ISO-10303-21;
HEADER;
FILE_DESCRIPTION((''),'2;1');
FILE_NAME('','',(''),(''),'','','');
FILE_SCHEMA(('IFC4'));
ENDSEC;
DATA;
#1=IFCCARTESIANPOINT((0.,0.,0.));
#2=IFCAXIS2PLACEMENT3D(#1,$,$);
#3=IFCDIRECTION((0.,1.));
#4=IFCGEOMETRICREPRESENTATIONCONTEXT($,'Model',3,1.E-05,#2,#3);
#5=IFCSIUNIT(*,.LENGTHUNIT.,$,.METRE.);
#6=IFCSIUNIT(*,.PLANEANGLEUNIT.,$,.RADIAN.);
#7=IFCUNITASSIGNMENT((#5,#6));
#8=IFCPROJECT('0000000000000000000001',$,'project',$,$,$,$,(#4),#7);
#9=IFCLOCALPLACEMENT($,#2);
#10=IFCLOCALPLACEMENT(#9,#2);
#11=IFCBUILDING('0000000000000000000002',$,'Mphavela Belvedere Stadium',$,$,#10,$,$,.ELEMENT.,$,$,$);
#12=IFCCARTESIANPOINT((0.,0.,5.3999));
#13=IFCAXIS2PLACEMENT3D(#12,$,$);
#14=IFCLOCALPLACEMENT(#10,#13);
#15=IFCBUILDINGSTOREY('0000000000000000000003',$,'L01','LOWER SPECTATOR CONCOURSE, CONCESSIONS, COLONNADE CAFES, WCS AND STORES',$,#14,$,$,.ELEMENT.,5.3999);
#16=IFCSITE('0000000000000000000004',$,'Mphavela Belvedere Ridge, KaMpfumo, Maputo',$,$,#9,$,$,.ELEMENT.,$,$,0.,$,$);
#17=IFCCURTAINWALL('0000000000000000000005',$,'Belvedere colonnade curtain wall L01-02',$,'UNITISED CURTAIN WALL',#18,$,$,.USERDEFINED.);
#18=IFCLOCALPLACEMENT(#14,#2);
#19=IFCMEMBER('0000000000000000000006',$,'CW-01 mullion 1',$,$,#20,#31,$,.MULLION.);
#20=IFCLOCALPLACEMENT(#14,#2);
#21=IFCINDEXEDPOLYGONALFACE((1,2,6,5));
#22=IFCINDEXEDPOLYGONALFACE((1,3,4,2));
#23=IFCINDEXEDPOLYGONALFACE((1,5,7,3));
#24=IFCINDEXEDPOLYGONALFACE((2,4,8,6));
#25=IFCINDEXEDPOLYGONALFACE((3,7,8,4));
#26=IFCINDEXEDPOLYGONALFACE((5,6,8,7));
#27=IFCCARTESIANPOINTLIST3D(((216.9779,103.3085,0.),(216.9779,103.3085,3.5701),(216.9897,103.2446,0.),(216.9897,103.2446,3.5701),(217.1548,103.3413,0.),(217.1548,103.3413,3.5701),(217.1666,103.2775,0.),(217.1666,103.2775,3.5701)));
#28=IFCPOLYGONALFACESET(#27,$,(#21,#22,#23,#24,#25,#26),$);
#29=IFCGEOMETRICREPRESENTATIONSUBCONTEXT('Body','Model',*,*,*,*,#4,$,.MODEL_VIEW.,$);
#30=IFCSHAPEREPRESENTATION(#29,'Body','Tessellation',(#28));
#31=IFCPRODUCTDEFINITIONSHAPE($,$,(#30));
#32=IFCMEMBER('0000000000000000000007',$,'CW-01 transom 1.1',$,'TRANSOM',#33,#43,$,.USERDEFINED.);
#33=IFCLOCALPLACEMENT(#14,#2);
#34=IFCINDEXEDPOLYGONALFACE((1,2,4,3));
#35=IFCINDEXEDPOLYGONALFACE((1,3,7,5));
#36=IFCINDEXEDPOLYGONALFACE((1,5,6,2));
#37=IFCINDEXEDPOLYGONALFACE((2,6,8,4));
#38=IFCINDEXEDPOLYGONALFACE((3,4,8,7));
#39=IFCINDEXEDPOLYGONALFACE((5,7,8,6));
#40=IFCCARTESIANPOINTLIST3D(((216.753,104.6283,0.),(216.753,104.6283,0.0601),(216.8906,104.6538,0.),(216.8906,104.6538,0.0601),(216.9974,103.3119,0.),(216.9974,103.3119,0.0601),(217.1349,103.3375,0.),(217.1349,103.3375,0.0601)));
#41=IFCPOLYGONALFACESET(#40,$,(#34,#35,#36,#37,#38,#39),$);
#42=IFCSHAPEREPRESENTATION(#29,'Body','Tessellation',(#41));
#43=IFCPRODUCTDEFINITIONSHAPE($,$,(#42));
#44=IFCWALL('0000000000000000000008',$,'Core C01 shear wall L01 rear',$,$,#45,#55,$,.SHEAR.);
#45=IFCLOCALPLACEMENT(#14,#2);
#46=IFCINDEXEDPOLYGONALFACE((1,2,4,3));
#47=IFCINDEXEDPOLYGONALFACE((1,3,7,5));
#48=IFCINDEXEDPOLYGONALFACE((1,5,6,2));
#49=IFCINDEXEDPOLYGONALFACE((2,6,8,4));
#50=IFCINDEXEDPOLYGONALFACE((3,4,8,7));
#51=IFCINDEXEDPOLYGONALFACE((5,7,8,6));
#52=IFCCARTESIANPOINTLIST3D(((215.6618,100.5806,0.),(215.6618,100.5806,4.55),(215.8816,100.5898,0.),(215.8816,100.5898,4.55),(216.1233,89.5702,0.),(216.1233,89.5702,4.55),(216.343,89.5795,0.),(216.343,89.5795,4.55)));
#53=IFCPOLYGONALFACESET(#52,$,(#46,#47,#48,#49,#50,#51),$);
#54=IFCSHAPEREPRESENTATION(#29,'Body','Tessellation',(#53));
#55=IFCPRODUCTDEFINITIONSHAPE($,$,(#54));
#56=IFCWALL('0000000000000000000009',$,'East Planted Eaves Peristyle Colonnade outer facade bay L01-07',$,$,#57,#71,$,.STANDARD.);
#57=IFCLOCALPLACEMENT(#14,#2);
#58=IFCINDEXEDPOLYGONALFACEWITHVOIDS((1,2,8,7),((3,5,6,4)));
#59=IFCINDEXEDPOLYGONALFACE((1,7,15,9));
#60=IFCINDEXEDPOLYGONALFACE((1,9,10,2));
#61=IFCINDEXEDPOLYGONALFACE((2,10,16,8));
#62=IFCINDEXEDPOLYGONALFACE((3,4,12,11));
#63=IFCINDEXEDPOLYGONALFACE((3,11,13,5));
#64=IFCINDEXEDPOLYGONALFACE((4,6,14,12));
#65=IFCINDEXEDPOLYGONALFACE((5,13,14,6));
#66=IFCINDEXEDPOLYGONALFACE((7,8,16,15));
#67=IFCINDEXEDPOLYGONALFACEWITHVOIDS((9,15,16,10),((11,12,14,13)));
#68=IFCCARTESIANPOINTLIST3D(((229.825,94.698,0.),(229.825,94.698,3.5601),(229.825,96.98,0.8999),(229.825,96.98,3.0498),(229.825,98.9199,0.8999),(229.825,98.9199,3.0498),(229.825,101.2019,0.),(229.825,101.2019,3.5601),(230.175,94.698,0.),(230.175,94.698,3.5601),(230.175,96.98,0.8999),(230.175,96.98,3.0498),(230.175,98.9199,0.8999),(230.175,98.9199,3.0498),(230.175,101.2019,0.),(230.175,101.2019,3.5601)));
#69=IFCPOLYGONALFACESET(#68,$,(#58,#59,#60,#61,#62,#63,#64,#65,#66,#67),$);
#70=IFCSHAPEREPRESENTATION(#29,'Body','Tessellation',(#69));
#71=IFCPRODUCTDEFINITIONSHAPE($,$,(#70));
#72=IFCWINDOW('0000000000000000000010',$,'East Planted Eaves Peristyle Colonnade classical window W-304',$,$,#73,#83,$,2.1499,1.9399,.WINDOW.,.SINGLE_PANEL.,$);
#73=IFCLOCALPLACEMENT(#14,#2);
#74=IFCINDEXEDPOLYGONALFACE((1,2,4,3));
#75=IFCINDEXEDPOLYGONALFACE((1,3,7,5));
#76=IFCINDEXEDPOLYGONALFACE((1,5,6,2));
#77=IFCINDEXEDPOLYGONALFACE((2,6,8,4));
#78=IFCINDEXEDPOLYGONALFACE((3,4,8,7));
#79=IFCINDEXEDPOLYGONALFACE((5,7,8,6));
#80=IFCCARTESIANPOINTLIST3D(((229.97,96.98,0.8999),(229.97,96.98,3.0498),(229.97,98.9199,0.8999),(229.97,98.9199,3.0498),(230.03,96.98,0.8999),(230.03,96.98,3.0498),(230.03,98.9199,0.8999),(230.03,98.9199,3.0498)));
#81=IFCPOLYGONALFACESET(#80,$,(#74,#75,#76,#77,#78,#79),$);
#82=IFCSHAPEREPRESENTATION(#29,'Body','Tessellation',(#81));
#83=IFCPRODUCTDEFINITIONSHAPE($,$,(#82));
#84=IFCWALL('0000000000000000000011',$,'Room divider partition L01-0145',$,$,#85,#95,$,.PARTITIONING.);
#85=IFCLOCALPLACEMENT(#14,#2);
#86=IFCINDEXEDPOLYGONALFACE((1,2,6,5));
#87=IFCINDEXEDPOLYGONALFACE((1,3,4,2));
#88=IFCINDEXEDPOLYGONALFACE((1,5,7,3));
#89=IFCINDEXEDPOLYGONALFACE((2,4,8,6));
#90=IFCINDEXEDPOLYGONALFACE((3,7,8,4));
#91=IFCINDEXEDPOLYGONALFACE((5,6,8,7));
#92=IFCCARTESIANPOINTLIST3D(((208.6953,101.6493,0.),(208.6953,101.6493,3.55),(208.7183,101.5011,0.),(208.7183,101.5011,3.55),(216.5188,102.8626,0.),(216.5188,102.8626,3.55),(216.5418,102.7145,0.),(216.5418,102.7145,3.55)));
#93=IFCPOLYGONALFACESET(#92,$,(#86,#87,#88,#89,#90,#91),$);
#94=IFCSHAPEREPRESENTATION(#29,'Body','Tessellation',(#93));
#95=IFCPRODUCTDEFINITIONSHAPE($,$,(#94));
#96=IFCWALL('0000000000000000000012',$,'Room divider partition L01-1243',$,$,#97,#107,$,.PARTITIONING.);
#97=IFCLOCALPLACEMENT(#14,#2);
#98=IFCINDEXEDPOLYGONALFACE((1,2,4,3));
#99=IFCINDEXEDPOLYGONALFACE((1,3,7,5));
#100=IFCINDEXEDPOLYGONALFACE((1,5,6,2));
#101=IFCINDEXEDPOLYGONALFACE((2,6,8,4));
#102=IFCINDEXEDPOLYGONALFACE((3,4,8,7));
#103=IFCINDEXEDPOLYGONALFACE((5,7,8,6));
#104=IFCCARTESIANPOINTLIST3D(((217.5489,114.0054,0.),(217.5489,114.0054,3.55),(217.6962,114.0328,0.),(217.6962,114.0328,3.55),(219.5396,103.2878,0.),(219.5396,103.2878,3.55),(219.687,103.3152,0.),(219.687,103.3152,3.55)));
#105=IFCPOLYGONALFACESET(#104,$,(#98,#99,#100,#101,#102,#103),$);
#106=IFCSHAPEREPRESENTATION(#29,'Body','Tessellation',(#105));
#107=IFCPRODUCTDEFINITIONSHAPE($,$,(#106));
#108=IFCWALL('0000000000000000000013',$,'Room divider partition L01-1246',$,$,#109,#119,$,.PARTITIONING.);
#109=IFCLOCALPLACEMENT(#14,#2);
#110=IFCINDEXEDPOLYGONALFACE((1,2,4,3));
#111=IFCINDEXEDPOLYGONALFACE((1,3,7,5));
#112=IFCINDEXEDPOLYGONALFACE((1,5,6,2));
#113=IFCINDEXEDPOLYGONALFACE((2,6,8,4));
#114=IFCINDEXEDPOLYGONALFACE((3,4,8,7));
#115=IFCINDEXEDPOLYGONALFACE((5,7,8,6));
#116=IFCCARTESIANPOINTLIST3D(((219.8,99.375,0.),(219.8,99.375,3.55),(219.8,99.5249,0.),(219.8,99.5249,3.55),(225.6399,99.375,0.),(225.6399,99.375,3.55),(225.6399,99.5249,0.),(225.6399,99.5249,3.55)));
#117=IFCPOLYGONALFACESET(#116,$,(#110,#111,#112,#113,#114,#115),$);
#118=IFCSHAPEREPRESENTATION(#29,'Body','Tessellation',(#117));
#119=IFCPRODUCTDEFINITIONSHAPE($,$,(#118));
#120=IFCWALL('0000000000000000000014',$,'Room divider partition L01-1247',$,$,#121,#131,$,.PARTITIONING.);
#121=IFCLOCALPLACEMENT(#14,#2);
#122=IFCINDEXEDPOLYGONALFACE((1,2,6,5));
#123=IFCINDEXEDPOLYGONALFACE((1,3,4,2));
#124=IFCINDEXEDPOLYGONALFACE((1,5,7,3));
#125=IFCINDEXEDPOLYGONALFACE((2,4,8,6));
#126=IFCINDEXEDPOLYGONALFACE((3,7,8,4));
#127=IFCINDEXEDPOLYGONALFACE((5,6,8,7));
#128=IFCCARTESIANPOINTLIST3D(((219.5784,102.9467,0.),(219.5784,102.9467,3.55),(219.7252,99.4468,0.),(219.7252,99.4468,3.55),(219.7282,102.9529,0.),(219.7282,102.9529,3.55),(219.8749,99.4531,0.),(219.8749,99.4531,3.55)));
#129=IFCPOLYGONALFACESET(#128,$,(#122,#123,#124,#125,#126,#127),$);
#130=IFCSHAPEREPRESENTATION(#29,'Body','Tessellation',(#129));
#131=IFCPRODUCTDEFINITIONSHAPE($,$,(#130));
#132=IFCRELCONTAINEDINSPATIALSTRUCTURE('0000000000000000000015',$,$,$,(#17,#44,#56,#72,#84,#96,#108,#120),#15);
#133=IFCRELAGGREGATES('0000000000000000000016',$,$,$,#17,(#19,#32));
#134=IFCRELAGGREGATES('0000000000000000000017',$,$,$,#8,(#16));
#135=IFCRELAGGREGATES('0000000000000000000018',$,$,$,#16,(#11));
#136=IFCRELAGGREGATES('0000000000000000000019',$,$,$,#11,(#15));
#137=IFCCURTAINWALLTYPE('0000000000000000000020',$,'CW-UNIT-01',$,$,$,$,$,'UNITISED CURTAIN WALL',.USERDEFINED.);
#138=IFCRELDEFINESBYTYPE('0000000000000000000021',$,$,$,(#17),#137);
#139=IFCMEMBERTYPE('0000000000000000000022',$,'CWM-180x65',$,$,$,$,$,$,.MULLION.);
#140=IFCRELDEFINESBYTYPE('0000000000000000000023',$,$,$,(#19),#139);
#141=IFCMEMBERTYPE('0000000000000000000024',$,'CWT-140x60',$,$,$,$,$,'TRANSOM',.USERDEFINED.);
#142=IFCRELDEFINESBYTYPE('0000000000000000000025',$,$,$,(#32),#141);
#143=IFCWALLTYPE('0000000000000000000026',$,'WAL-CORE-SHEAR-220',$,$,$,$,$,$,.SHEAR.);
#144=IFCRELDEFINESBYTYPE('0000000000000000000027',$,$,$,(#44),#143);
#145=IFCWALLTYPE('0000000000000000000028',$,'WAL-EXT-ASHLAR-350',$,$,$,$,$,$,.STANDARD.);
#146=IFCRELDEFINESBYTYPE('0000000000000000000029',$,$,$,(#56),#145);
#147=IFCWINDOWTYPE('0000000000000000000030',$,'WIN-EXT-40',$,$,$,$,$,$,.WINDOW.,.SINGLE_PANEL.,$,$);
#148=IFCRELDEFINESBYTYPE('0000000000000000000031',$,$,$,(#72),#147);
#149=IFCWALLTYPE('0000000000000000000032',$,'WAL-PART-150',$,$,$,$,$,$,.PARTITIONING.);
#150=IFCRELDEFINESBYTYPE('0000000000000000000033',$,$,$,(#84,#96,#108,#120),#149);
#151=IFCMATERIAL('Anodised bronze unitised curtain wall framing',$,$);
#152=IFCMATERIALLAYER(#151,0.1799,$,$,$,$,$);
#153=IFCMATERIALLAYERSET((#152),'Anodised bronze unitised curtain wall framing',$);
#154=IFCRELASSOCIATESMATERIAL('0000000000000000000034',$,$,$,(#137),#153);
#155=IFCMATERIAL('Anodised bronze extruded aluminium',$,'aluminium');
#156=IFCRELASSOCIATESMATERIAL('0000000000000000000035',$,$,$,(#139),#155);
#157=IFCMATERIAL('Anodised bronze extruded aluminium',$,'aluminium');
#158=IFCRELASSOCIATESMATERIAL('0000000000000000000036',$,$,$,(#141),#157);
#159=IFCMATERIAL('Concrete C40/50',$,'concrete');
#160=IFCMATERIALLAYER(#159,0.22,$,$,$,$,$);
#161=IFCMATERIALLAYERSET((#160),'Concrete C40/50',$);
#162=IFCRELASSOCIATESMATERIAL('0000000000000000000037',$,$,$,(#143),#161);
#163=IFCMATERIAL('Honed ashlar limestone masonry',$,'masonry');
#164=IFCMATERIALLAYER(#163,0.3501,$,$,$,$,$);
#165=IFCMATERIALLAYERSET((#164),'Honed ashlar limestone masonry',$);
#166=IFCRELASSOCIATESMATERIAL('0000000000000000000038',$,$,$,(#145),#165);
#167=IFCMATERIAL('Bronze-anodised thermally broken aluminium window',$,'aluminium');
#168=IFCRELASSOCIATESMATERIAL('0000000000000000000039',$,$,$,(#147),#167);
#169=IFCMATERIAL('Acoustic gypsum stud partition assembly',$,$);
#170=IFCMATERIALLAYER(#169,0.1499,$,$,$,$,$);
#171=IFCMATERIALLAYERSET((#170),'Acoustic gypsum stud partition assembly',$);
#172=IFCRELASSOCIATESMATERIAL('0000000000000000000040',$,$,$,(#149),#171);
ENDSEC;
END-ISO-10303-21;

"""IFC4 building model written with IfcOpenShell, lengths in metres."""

from ifc_helpers import new_model, si_unit, direction, frame, frame_2d, origin, origin_2d, place, context, subcontext, project, spatial, rectangle, extrude, material, layer, layer_set, material_profile, profile_set, type_object, element, fill, aggregate, save


model = new_model("IFC4")

# Units and contexts
model_context = context("Model", 3, precision=1e-05, world=origin(), true_north=direction((0.0, 1.0)))
body_context = subcontext(model_context, "Body", "Model", "MODEL_VIEW")
ifc_project = project(units=[si_unit("LENGTHUNIT", "METRE"), si_unit("PLANEANGLEUNIT", "RADIAN")], contexts=[model_context])

# Site, building, storey
site_placement = place(None, origin())
site = spatial("IfcSite", under=ifc_project, at=site_placement, Name="Mphavela Belvedere Ridge, KaMpfumo, Maputo", CompositionType="ELEMENT", RefElevation=0.0)
building_placement = place(site_placement, origin())
building = spatial("IfcBuilding", under=site, at=building_placement, Name="Mphavela Belvedere Stadium", CompositionType="ELEMENT")
storey_placement = place(building_placement, frame((0.0, 0.0, 5.3999)))
storey = spatial("IfcBuildingStorey", under=building, at=storey_placement, Name="L01", Description="LOWER SPECTATOR CONCOURSE, CONCESSIONS, COLONNADE CAFES, WCS AND STORES", CompositionType="ELEMENT", Elevation=5.3999)

# Curtain wall, members
ifc_material_1 = material(Name="Anodised bronze unitised curtain wall framing")
ifc_layer_1 = layer(ifc_material_1, 0.1799)
ifc_layer_set_1 = layer_set([ifc_layer_1], Name="Anodised bronze unitised curtain wall framing")
curtain_wall_type = type_object("IfcCurtainWallType", Name="CW-UNIT-01", ElementType="UNITISED CURTAIN WALL", PredefinedType="USERDEFINED", material=ifc_layer_set_1)
curtain_wall_placement = place(storey_placement, origin())
curtain_wall = element("IfcCurtainWall", 1, at=curtain_wall_placement, inside=storey, type_object=curtain_wall_type, Name="Belvedere colonnade curtain wall L01-02", ObjectType="UNITISED CURTAIN WALL", PredefinedType="USERDEFINED")
ifc_material_2 = material(Name="Anodised bronze extruded aluminium", Category="aluminium")
ifc_material_profile_1 = material_profile(ifc_material_2, rectangle(XDim=0.1799, YDim=0.0649, at=origin_2d()), Name="CW-MUL 180x65")
ifc_profile_set_1 = profile_set([ifc_material_profile_1], Name="Anodised bronze extruded aluminium")
member_type_1 = type_object("IfcMemberType", Name="CWM-180x65", PredefinedType="MULLION", material=ifc_profile_set_1)
member_1_placement = place(storey_placement, frame((217.0723, 103.293, 0.0), z_axis=(0.0, 0.0, 1.0), x_axis=(-0.983184, -0.18262, 0.0)))
member_1 = element("IfcMember", 2, at=member_1_placement, type_object=member_type_1, Name="CW-01 mullion 1", PredefinedType="MULLION", context=body_context, shape_type="SweptSolid", body=[
    extrude(rectangle(XDim=0.1799, YDim=0.0649, at=origin_2d()), origin(), (0.0, 0.0, 1.0), 3.5701),
])
ifc_material_3 = material(Name="Anodised bronze extruded aluminium", Category="aluminium")
ifc_material_profile_2 = material_profile(ifc_material_3, rectangle(XDim=0.1399, YDim=0.0601, at=origin_2d()), Name="CW-TRN 140x60")
ifc_profile_set_2 = profile_set([ifc_material_profile_2], Name="Anodised bronze extruded aluminium")
member_type_2 = type_object("IfcMemberType", Name="CWT-140x60", ElementType="TRANSOM", PredefinedType="USERDEFINED", material=ifc_profile_set_2)
member_2_placement = place(storey_placement, frame((217.0662, 103.3247, 0.03), z_axis=(-0.182527, 0.983201, 0.0), x_axis=(-0.983201, -0.182527, 0.0)))
member_2 = element("IfcMember", 3, at=member_2_placement, type_object=member_type_2, Name="CW-01 transom 1.1", ObjectType="TRANSOM", PredefinedType="USERDEFINED", context=body_context, shape_type="SweptSolid", body=[
    extrude(rectangle(XDim=0.1399, YDim=0.0601, at=origin_2d()), origin(), (0.0, 0.0, 1.0), 1.3389),
])
aggregate(curtain_wall, [member_1, member_2])

# Wall
ifc_material_4 = material(Name="Concrete C40/50", Category="concrete")
ifc_layer_2 = layer(ifc_material_4, 0.22)
ifc_layer_set_2 = layer_set([ifc_layer_2], Name="Concrete C40/50")
wall_type_1 = type_object("IfcWallType", Name="WAL-CORE-SHEAR-220", PredefinedType="SHEAR", material=ifc_layer_set_2)
wall_1_placement = place(storey_placement, frame((215.7717, 100.5852, 0.0), z_axis=(0.0, 0.0, 1.0), x_axis=(0.041872, -0.999123, 0.0)))
element("IfcWall", 4, at=wall_1_placement, inside=storey, type_object=wall_type_1, Name="Core C01 shear wall L01 rear", PredefinedType="SHEAR", context=body_context, shape_type="SweptSolid", body=[
    extrude(rectangle(XDim=11.02, YDim=0.22, at=frame_2d((5.51, 0.0))), origin(), (0.0, 0.0, 1.0), 4.55),
])

# Wall, opening, window
ifc_material_5 = material(Name="Honed ashlar limestone masonry", Category="masonry")
ifc_layer_3 = layer(ifc_material_5, 0.3501)
ifc_layer_set_3 = layer_set([ifc_layer_3], Name="Honed ashlar limestone masonry")
wall_type_2 = type_object("IfcWallType", Name="WAL-EXT-ASHLAR-350", PredefinedType="STANDARD", material=ifc_layer_set_3)
wall_2_placement = place(storey_placement, frame((230.0, 101.2019, 0.0), z_axis=(0.0, 0.0, 1.0), x_axis=(0.0, -1.0, 0.0)))
wall_2 = element("IfcWall", 5, at=wall_2_placement, inside=storey, type_object=wall_type_2, Name="East Planted Eaves Peristyle Colonnade outer facade bay L01-07", PredefinedType="STANDARD", context=body_context, shape_type="SweptSolid", body=[
    extrude(rectangle(XDim=6.5039, YDim=0.3501, at=frame_2d((3.252, 0.0))), origin(), (0.0, 0.0, 1.0), 3.5601),
])
opening_placement = place(wall_2_placement, frame((2.282, 0.0, 0.8999)))
opening = element("IfcOpeningElement", 6, at=opening_placement, cuts=wall_2, PredefinedType="OPENING", context=body_context, shape_type="SweptSolid", body=[
    extrude(rectangle(XDim=1.9399, YDim=2.1499, at=frame_2d((0.97, 1.075))), frame((0.0, 0.1851, 0.0), z_axis=(0.0, -1.0, 0.0), x_axis=(1.0, 0.0, 0.0)), (0.0, 0.0, 1.0), 0.3701),
])
ifc_material_6 = material(Name="Bronze-anodised thermally broken aluminium window", Category="aluminium")
window_type = type_object("IfcWindowType", Name="WIN-EXT-40", PartitioningType="SINGLE_PANEL", PredefinedType="WINDOW", material=ifc_material_6)
window_placement = place(opening_placement, origin())
window = element("IfcWindow", 7, at=window_placement, inside=storey, type_object=window_type, Name="East Planted Eaves Peristyle Colonnade classical window W-304", OverallHeight=2.1499, OverallWidth=1.9399, PartitioningType="SINGLE_PANEL", PredefinedType="WINDOW", context=body_context, shape_type="SweptSolid", body=[
    extrude(rectangle(XDim=1.9399, YDim=2.1499, at=frame_2d((0.97, 1.075))), frame((0.0, 0.03, 0.0), z_axis=(0.0, -1.0, 0.0), x_axis=(1.0, 0.0, 0.0)), (0.0, 0.0, 1.0), 0.0601),
])
fill(opening, window)

# Walls
ifc_material_7 = material(Name="Acoustic gypsum stud partition assembly")
ifc_layer_4 = layer(ifc_material_7, 0.1499)
ifc_layer_set_4 = layer_set([ifc_layer_4], Name="Acoustic gypsum stud partition assembly")
wall_type_3 = type_object("IfcWallType", Name="WAL-PART-150", PredefinedType="PARTITIONING", material=ifc_layer_set_4)
wall_3_placement = place(storey_placement, frame((216.5303, 102.7886, 0.0), z_axis=(0.0, 0.0, 1.0), x_axis=(-0.988186, -0.153262, 0.0)))
element("IfcWall", 8, at=wall_3_placement, inside=storey, type_object=wall_type_3, Name="Room divider partition L01-0145", PredefinedType="PARTITIONING", context=body_context, shape_type="SweptSolid", body=[
    extrude(rectangle(XDim=7.917, YDim=0.1499, at=frame_2d((3.9585, 0.0))), origin(), (0.0, 0.0, 1.0), 3.55),
])
wall_4_placement = place(storey_placement, frame((219.6133, 103.3015, 0.0), z_axis=(0.0, 0.0, 1.0), x_axis=(-0.182621, 0.983183, 0.0)))
element("IfcWall", 9, at=wall_4_placement, inside=storey, type_object=wall_type_3, Name="Room divider partition L01-1243", PredefinedType="PARTITIONING", context=body_context, shape_type="SweptSolid", body=[
    extrude(rectangle(XDim=10.9009, YDim=0.1499, at=frame_2d((5.4504, 0.0))), origin(), (0.0, 0.0, 1.0), 3.55),
])
wall_5_placement = place(storey_placement, frame((225.6399, 99.45, 0.0), z_axis=(0.0, 0.0, 1.0), x_axis=(-1.0, 0.0, 0.0)))
element("IfcWall", 10, at=wall_5_placement, inside=storey, type_object=wall_type_3, Name="Room divider partition L01-1246", PredefinedType="PARTITIONING", context=body_context, shape_type="SweptSolid", body=[
    extrude(rectangle(XDim=5.8398, YDim=0.1499, at=frame_2d((2.9199, 0.0))), origin(), (0.0, 0.0, 1.0), 3.55),
])
wall_6_placement = place(storey_placement, frame((219.8, 99.45, 0.0), z_axis=(0.0, 0.0, 1.0), x_axis=(-0.041889, 0.999122, 0.0)))
element("IfcWall", 11, at=wall_6_placement, inside=storey, type_object=wall_type_3, Name="Room divider partition L01-1247", PredefinedType="PARTITIONING", context=body_context, shape_type="SweptSolid", body=[
    extrude(rectangle(XDim=3.5029, YDim=0.1499, at=frame_2d((1.7515, 0.0))), origin(), (0.0, 0.0, 1.0), 3.55),
])

save(model, "model.ifc")
